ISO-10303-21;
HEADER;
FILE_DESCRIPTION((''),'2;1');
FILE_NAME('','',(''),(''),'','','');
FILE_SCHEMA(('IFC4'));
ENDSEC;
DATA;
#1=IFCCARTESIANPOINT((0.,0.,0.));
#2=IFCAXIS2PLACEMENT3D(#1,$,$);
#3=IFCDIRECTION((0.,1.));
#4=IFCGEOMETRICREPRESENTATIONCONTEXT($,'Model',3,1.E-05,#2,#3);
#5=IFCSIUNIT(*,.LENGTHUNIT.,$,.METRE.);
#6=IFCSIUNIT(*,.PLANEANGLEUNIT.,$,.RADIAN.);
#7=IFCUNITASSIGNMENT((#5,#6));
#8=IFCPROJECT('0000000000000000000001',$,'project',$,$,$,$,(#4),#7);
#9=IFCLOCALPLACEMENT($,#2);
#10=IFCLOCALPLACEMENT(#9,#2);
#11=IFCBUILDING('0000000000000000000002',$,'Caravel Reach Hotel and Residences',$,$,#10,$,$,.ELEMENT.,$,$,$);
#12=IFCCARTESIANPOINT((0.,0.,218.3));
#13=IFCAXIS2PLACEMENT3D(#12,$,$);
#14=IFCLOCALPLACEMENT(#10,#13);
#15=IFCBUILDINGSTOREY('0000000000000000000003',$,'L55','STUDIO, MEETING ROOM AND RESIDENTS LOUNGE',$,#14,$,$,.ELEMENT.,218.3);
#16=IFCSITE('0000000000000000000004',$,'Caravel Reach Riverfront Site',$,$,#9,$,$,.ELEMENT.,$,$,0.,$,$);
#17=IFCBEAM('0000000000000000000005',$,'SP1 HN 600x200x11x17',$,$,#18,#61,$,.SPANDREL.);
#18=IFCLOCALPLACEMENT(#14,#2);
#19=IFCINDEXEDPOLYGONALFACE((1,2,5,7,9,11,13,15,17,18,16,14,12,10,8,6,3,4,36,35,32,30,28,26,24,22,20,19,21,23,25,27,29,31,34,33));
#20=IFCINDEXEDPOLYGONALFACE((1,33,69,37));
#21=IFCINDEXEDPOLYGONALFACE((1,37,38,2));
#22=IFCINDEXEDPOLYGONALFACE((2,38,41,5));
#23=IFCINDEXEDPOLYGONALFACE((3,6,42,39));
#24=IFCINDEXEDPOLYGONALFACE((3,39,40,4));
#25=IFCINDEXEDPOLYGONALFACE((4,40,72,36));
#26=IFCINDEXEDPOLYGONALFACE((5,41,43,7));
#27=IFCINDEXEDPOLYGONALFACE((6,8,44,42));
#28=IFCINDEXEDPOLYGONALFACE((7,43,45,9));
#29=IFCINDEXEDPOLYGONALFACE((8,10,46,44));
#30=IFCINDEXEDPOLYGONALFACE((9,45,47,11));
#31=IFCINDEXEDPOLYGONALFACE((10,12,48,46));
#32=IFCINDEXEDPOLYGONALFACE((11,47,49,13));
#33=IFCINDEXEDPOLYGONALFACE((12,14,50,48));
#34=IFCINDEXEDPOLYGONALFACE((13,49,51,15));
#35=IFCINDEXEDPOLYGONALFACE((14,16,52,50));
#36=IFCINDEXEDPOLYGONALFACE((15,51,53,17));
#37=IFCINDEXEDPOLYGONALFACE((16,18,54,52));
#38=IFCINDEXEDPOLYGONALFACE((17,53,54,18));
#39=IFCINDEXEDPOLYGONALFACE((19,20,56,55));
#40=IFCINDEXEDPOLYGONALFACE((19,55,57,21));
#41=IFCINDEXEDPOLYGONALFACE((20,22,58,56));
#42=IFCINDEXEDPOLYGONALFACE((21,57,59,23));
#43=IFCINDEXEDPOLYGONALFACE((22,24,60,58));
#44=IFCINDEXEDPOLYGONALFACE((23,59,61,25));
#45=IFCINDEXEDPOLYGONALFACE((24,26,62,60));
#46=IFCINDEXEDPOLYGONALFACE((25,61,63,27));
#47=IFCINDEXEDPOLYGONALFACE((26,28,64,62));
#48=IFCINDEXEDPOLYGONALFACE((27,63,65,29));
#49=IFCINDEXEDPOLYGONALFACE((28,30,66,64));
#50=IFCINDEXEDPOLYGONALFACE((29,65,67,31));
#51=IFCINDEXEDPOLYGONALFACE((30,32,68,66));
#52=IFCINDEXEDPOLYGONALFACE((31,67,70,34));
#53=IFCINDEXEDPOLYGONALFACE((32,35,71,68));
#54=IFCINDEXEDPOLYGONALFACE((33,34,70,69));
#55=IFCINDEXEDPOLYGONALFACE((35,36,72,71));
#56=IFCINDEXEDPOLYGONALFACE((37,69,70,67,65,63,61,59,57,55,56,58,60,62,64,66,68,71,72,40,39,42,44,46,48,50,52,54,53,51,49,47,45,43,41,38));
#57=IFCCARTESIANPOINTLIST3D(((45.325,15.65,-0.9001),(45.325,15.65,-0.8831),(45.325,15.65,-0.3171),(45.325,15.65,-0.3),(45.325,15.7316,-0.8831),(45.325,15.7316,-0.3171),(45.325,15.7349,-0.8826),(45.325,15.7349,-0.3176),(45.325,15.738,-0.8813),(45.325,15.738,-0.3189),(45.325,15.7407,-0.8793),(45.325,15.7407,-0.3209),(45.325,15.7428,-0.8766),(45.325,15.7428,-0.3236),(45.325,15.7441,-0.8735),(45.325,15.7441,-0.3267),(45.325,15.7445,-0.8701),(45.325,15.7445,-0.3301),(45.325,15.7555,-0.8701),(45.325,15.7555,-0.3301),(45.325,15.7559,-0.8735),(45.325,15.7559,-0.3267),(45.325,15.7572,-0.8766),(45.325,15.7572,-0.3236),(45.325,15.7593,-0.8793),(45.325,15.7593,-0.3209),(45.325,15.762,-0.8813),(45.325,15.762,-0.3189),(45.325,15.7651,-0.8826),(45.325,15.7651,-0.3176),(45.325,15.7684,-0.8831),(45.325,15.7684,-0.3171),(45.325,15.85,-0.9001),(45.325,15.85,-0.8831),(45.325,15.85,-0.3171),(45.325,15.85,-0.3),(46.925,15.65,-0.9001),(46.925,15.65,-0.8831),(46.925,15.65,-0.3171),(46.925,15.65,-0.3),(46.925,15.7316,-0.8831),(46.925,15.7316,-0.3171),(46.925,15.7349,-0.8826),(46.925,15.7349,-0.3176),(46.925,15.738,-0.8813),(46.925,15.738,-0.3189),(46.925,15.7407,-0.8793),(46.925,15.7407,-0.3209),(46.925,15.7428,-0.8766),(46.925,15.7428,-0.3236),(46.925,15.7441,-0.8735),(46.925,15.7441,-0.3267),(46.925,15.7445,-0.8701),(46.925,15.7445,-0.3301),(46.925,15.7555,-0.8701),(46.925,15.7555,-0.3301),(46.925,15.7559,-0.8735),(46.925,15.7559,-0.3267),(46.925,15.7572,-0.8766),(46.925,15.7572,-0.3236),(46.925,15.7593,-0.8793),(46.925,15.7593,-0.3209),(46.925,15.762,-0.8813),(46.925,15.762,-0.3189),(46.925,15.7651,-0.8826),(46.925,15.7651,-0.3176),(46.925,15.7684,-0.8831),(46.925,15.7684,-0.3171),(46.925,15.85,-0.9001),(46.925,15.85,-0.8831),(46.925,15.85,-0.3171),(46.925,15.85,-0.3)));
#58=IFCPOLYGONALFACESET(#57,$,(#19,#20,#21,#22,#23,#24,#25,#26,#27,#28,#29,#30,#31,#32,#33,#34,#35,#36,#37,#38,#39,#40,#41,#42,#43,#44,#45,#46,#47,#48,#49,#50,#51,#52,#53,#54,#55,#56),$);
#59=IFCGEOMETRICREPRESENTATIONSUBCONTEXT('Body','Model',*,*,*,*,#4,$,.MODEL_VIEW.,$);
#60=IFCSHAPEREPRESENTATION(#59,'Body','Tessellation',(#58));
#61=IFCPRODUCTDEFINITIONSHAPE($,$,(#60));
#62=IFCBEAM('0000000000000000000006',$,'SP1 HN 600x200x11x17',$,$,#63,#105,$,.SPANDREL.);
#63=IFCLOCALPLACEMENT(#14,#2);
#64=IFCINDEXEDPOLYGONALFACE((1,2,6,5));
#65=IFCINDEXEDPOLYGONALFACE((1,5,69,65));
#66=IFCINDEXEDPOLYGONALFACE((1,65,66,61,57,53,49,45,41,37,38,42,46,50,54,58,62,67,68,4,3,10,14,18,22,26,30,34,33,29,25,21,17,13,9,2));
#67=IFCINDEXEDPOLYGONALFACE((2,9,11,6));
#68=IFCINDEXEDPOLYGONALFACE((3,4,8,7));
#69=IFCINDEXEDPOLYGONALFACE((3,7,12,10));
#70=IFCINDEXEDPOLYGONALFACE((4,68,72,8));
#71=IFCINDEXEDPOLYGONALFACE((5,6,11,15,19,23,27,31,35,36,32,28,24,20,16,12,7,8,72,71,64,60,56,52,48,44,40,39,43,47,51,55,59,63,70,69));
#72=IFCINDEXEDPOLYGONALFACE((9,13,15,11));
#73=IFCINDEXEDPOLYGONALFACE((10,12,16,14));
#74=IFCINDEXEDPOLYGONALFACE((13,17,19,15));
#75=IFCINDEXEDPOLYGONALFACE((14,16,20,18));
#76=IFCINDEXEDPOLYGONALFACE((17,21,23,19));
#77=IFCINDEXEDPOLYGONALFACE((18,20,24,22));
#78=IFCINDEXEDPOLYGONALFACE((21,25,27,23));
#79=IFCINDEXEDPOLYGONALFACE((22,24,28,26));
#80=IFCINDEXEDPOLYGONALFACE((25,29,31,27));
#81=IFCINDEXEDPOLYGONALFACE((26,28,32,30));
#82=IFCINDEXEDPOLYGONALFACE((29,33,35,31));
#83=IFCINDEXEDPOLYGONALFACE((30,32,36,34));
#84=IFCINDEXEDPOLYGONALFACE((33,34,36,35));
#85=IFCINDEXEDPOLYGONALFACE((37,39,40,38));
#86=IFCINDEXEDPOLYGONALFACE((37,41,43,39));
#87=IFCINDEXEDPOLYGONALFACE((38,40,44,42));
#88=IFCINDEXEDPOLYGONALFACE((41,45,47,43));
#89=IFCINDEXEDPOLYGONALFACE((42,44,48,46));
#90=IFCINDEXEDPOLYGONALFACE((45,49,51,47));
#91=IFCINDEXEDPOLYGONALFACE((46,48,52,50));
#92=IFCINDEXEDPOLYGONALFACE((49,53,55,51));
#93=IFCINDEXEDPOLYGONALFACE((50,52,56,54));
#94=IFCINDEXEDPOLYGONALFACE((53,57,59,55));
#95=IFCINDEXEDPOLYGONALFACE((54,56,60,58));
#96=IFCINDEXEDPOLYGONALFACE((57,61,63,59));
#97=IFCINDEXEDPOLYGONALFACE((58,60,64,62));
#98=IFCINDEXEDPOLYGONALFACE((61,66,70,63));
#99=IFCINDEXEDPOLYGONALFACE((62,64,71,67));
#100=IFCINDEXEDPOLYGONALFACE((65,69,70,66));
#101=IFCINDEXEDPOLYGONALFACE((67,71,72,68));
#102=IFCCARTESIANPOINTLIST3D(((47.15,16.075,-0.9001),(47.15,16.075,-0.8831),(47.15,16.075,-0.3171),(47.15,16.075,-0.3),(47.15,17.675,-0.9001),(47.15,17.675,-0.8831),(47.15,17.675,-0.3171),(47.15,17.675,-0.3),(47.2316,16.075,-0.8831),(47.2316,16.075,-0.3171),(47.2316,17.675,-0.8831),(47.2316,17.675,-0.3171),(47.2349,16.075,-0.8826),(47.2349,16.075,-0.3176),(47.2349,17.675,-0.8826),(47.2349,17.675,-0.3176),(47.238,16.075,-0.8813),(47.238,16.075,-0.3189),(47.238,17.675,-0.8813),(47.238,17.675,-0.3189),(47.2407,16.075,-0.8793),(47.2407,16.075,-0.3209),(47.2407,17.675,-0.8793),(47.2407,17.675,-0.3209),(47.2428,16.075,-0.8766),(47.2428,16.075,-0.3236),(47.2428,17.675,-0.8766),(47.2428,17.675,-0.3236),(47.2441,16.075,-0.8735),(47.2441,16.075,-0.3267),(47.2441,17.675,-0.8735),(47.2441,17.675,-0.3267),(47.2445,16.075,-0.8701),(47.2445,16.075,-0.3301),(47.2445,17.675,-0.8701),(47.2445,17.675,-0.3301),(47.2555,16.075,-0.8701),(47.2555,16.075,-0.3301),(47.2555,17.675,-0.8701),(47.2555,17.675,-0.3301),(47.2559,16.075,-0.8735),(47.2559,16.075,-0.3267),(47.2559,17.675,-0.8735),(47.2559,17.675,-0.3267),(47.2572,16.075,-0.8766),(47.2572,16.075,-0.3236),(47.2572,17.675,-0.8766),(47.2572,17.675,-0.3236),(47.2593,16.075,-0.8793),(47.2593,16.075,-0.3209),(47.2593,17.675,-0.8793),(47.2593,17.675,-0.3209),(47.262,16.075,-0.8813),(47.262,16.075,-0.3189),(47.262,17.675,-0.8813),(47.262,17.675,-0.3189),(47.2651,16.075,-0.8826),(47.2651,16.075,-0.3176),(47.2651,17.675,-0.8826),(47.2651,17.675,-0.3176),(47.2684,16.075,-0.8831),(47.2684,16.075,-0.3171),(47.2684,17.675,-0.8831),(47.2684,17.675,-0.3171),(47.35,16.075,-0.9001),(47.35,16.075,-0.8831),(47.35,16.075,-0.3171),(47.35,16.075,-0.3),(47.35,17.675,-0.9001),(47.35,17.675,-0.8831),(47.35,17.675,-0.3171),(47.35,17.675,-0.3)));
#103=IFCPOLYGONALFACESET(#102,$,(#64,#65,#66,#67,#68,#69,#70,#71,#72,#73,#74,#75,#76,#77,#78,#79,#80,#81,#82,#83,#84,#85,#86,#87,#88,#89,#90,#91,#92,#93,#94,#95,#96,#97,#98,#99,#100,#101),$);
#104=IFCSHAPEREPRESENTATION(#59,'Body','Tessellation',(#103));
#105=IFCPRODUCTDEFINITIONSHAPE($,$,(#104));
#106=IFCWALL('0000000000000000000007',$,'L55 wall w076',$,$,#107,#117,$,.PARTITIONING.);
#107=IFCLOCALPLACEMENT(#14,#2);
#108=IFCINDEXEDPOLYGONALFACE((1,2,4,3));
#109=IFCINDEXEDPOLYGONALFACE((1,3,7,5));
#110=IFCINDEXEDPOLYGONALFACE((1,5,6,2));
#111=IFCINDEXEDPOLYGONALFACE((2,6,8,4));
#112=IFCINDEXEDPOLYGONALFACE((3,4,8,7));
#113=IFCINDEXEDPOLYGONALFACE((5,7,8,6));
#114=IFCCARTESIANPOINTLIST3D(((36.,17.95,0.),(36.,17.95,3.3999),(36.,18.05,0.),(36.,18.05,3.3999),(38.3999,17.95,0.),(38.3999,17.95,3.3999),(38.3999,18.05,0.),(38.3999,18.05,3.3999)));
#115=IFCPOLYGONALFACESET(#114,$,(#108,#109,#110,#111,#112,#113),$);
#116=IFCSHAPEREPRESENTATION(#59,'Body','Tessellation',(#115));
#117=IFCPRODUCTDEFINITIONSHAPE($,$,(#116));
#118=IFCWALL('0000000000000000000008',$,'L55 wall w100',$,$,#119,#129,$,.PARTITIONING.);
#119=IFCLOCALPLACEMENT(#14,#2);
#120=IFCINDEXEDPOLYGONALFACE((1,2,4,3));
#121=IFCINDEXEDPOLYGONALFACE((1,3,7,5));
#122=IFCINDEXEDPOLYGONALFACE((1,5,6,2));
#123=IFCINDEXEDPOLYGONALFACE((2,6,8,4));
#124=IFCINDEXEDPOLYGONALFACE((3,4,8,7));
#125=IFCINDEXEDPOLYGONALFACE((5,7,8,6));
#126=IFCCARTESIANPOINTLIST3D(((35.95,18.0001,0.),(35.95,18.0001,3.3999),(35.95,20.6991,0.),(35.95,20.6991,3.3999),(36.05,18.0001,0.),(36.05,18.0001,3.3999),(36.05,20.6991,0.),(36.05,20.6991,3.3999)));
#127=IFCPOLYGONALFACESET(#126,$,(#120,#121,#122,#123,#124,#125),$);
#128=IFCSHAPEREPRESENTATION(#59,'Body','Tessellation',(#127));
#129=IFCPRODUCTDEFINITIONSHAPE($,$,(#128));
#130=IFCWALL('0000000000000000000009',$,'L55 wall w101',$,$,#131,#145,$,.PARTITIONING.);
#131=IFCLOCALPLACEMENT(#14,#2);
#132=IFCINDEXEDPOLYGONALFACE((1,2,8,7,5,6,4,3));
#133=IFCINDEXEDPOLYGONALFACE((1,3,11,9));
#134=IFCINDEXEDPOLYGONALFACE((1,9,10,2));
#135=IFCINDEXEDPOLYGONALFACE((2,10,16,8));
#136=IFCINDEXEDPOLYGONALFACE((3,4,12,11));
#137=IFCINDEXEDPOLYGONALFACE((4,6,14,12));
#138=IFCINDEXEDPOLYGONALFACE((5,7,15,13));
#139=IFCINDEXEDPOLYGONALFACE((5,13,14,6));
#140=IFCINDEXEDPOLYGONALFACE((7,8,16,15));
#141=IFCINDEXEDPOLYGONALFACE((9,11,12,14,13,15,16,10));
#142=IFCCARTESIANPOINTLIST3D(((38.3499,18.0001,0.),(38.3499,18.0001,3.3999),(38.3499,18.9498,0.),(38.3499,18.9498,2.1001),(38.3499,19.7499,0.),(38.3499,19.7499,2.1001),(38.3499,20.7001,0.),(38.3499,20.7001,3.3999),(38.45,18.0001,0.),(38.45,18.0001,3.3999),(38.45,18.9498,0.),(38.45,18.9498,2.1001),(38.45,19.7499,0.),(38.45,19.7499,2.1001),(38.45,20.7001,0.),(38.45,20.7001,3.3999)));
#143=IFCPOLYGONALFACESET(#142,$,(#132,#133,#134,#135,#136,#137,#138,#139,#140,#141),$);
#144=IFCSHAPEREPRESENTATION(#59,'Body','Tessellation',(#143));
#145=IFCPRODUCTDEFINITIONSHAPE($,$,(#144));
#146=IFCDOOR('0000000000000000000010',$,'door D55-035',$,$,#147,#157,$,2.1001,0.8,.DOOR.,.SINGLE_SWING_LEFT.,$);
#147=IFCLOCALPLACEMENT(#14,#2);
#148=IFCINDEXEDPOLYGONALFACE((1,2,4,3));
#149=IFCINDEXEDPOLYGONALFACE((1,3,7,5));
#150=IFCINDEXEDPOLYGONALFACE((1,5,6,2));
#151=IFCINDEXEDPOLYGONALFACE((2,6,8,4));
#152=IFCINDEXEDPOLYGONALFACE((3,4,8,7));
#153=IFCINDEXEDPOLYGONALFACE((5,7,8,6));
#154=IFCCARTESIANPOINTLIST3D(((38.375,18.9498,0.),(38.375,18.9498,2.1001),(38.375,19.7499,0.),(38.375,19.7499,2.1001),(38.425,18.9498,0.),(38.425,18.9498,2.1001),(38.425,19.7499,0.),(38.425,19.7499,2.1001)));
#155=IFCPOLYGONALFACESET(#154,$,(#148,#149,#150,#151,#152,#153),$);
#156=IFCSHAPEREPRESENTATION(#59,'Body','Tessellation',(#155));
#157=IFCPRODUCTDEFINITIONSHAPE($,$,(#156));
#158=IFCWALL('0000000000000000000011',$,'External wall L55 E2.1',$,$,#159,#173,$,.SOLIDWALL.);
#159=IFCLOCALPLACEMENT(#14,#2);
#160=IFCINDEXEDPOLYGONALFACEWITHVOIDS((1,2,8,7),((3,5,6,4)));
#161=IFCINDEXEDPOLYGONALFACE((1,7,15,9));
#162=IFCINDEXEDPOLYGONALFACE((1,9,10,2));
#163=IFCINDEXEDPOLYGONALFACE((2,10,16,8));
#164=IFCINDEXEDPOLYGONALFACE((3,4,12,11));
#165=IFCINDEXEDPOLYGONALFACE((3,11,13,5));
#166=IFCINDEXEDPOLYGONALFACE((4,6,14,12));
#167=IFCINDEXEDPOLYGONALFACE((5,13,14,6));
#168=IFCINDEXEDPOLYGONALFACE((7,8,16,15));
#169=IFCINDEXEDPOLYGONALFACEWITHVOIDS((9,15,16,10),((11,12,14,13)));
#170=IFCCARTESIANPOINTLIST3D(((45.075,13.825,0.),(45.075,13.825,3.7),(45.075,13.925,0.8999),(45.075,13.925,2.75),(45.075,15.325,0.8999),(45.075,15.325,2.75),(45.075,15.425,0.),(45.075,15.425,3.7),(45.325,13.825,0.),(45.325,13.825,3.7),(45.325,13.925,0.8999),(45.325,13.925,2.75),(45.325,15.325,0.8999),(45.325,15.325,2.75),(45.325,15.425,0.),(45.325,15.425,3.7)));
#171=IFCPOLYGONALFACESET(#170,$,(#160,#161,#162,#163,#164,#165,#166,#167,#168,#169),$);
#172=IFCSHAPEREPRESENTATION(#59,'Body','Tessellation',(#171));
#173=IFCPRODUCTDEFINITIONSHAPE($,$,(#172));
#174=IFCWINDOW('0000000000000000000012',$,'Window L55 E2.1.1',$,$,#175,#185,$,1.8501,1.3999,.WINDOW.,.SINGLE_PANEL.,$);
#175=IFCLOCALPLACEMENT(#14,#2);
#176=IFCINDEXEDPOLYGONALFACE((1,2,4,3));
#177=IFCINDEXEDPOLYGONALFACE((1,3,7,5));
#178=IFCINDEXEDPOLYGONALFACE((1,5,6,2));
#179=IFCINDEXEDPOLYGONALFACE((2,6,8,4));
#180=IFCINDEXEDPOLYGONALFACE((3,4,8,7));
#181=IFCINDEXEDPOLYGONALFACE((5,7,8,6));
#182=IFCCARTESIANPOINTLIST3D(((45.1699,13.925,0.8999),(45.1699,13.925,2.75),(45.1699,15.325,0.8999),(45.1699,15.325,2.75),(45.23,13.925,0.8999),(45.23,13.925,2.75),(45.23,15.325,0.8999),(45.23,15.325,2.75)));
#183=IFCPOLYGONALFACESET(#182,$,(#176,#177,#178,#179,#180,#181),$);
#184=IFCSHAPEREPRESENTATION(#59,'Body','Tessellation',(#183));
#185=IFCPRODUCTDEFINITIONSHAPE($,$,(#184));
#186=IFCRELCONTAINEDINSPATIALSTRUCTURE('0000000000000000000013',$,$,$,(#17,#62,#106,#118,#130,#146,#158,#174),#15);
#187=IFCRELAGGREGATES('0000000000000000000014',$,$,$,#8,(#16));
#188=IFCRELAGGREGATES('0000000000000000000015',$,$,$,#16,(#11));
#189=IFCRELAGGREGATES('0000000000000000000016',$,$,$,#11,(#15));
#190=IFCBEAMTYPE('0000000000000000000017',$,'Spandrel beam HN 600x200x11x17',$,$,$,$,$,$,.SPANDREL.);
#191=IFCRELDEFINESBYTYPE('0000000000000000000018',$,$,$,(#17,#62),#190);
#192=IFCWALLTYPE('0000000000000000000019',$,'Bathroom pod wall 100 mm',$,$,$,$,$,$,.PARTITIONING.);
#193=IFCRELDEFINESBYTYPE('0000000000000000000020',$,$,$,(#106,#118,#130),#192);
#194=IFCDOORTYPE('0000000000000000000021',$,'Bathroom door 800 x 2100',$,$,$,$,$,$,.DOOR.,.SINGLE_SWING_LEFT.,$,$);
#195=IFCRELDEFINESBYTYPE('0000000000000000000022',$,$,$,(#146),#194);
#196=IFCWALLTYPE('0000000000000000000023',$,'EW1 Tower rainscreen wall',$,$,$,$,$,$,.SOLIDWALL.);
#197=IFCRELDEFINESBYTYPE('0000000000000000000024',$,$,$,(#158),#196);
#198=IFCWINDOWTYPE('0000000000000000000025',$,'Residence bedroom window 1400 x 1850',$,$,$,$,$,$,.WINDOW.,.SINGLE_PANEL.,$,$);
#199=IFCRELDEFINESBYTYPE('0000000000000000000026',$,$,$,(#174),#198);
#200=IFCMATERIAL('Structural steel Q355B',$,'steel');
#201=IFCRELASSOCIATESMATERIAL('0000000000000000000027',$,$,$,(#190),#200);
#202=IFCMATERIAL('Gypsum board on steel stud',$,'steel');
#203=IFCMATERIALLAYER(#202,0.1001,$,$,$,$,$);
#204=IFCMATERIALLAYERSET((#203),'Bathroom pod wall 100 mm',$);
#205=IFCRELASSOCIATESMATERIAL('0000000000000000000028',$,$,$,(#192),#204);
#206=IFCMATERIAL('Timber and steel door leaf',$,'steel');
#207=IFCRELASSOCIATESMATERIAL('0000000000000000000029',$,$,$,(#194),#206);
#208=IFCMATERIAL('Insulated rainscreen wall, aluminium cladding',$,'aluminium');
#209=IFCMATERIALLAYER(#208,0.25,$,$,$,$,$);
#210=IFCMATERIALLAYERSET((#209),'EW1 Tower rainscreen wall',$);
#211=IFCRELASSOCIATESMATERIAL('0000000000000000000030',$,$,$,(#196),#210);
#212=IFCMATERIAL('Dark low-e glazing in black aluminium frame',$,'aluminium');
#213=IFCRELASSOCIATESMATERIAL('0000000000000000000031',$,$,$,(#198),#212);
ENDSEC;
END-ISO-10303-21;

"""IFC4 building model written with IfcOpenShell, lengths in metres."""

from ifc_helpers import new_model, si_unit, direction, frame, frame_2d, origin, origin_2d, place, context, subcontext, project, spatial, rectangle, i_section, extrude, material, layer, layer_set, material_profile, profile_set, type_object, element, fill, save


model = new_model("IFC4")

# Units and contexts
model_context = context("Model", 3, precision=1e-05, world=origin(), true_north=direction((0.0, 1.0)))
body_context = subcontext(model_context, "Body", "Model", "MODEL_VIEW")
ifc_project = project(units=[si_unit("LENGTHUNIT", "METRE"), si_unit("PLANEANGLEUNIT", "RADIAN")], contexts=[model_context])

# Site, building, storey
site_placement = place(None, origin())
site = spatial("IfcSite", under=ifc_project, at=site_placement, Name="Caravel Reach Riverfront Site", CompositionType="ELEMENT", RefElevation=0.0)
building_placement = place(site_placement, origin())
building = spatial("IfcBuilding", under=site, at=building_placement, Name="Caravel Reach Hotel and Residences", CompositionType="ELEMENT")
storey_placement = place(building_placement, frame((0.0, 0.0, 218.3)))
storey = spatial("IfcBuildingStorey", under=building, at=storey_placement, Name="L55", Description="STUDIO, MEETING ROOM AND RESIDENTS LOUNGE", CompositionType="ELEMENT", Elevation=218.3)

# Beams
ifc_material_1 = material(Name="Structural steel Q355B", Category="steel")
ifc_material_profile_1 = material_profile(ifc_material_1, i_section(OverallWidth=0.2, OverallDepth=0.6001, WebThickness=0.011, FlangeThickness=0.0171, FilletRadius=0.0129, at=origin_2d()), Name="HN 600x200x11x17")
ifc_profile_set_1 = profile_set([ifc_material_profile_1], Name="Structural steel Q355B")
beam_type = type_object("IfcBeamType", Name="Spandrel beam HN 600x200x11x17", PredefinedType="SPANDREL", material=ifc_profile_set_1)
for number, where, z_axis, x_axis, name in (
    (1, (45.325, 15.75, -0.6001), (1.0, 0.0, 0.0), (0.0, 1.0, 0.0), "SP1 HN 600x200x11x17"),
    (2, (47.25, 16.075, -0.6001), (0.0, 1.0, 0.0), (-1.0, 0.0, 0.0), "SP1 HN 600x200x11x17"),
):
    element("IfcBeam", number, at=place(storey_placement, frame(where, z_axis=z_axis, x_axis=x_axis)), inside=storey, type_object=beam_type, Name=name, PredefinedType="SPANDREL", context=body_context, shape_type="SweptSolid", body=[
        extrude(i_section(OverallWidth=0.2, OverallDepth=0.6001, WebThickness=0.011, FlangeThickness=0.0171, FilletRadius=0.0129, at=origin_2d()), origin(), (0.0, 0.0, 1.0), 1.6001),
    ])

# Walls
ifc_material_2 = material(Name="Gypsum board on steel stud", Category="steel")
ifc_layer_1 = layer(ifc_material_2, 0.1001)
ifc_layer_set_1 = layer_set([ifc_layer_1], Name="Bathroom pod wall 100 mm")
wall_type_1 = type_object("IfcWallType", Name="Bathroom pod wall 100 mm", PredefinedType="PARTITIONING", material=ifc_layer_set_1)
wall_1_placement = place(storey_placement, frame((36.0, 18.0, 0.0), z_axis=(0.0, 0.0, 1.0), x_axis=(1.0, 0.0, 0.0)))
element("IfcWall", 3, at=wall_1_placement, inside=storey, type_object=wall_type_1, Name="L55 wall w076", PredefinedType="PARTITIONING", context=body_context, shape_type="SweptSolid", body=[
    extrude(rectangle(XDim=2.3999, YDim=0.1001, at=frame_2d((1.2, 0.0))), origin(), (0.0, 0.0, 1.0), 3.3999),
])
wall_2_placement = place(storey_placement, frame((36.0, 18.0, 0.0), z_axis=(0.0, 0.0, 1.0), x_axis=(0.0, 1.0, 0.0)))
element("IfcWall", 4, at=wall_2_placement, inside=storey, type_object=wall_type_1, Name="L55 wall w100", PredefinedType="PARTITIONING", context=body_context, shape_type="SweptSolid", body=[
    extrude(rectangle(XDim=2.699, YDim=0.1001, at=frame_2d((1.3496, 0.0))), origin(), (0.0, 0.0, 1.0), 3.3999),
])

# Wall, opening, door
wall_3_placement = place(storey_placement, frame((38.3999, 18.0, 0.0), z_axis=(0.0, 0.0, 1.0), x_axis=(0.0, 1.0, 0.0)))
wall_3 = element("IfcWall", 5, at=wall_3_placement, inside=storey, type_object=wall_type_1, Name="L55 wall w101", PredefinedType="PARTITIONING", context=body_context, shape_type="SweptSolid", body=[
    extrude(rectangle(XDim=2.7, YDim=0.1001, at=frame_2d((1.3501, 0.0))), origin(), (0.0, 0.0, 1.0), 3.3999),
])
opening_1_placement = place(wall_3_placement, frame((0.95, 0.0, 0.0)))
opening_1 = element("IfcOpeningElement", 6, at=opening_1_placement, cuts=wall_3, PredefinedType="OPENING", context=body_context, shape_type="SweptSolid", body=[
    extrude(rectangle(XDim=0.8, YDim=2.1001, at=frame_2d((0.3999, 1.05))), frame((0.0, 0.0601, 0.0), z_axis=(0.0, -1.0, 0.0), x_axis=(1.0, 0.0, 0.0)), (0.0, 0.0, 1.0), 0.1201),
])
ifc_material_3 = material(Name="Timber and steel door leaf", Category="steel")
door_type_1 = type_object("IfcDoorType", Name="Bathroom door 800 x 2100", OperationType="SINGLE_SWING_LEFT", PredefinedType="DOOR", material=ifc_material_3)
door_1_placement = place(opening_1_placement, origin())
door_1 = element("IfcDoor", 7, at=door_1_placement, inside=storey, type_object=door_type_1, Name="door D55-035", OperationType="SINGLE_SWING_LEFT", OverallHeight=2.1001, OverallWidth=0.8, PredefinedType="DOOR", context=body_context, shape_type="SweptSolid", body=[
    extrude(rectangle(XDim=0.8, YDim=2.1001, at=frame_2d((0.3999, 1.05))), frame((0.0, 0.0249, 0.0), z_axis=(0.0, -1.0, 0.0), x_axis=(1.0, 0.0, 0.0)), (0.0, 0.0, 1.0), 0.05),
])
fill(opening_1, door_1)

# Wall, opening, window
ifc_material_4 = material(Name="Insulated rainscreen wall, aluminium cladding", Category="aluminium")
ifc_layer_2 = layer(ifc_material_4, 0.25)
ifc_layer_set_2 = layer_set([ifc_layer_2], Name="EW1 Tower rainscreen wall")
wall_type_2 = type_object("IfcWallType", Name="EW1 Tower rainscreen wall", PredefinedType="SOLIDWALL", material=ifc_layer_set_2)
wall_4_placement = place(storey_placement, frame((45.2, 13.825, 0.0), z_axis=(0.0, 0.0, 1.0), x_axis=(0.0, 1.0, 0.0)))
wall_4 = element("IfcWall", 8, at=wall_4_placement, inside=storey, type_object=wall_type_2, Name="External wall L55 E2.1", PredefinedType="SOLIDWALL", context=body_context, shape_type="SweptSolid", body=[
    extrude(rectangle(XDim=1.6001, YDim=0.25, at=frame_2d((0.8, 0.0))), origin(), (0.0, 0.0, 1.0), 3.7),
])
opening_2_placement = place(wall_4_placement, frame((0.1001, 0.0, 0.8999)))
opening_2 = element("IfcOpeningElement", 9, at=opening_2_placement, cuts=wall_4, PredefinedType="OPENING", context=body_context, shape_type="SweptSolid", body=[
    extrude(rectangle(XDim=1.3999, YDim=1.8501, at=frame_2d((0.7, 0.925))), frame((0.0, 0.135, 0.0), z_axis=(0.0, -1.0, 0.0), x_axis=(1.0, 0.0, 0.0)), (0.0, 0.0, 1.0), 0.27),
])
ifc_material_5 = material(Name="Dark low-e glazing in black aluminium frame", Category="aluminium")
window_type = type_object("IfcWindowType", Name="Residence bedroom window 1400 x 1850", PartitioningType="SINGLE_PANEL", PredefinedType="WINDOW", material=ifc_material_5)
window_1_placement = place(opening_2_placement, origin())
window_1 = element("IfcWindow", 10, at=window_1_placement, inside=storey, type_object=window_type, Name="Window L55 E2.1.1", OverallHeight=1.8501, OverallWidth=1.3999, PartitioningType="SINGLE_PANEL", PredefinedType="WINDOW", context=body_context, shape_type="SweptSolid", body=[
    extrude(rectangle(XDim=1.3999, YDim=1.8501, at=frame_2d((0.7, 0.925))), frame((0.0, 0.03, 0.0), z_axis=(0.0, -1.0, 0.0), x_axis=(1.0, 0.0, 0.0)), (0.0, 0.0, 1.0), 0.0601),
])
fill(opening_2, window_1)

save(model, "model.ifc")
